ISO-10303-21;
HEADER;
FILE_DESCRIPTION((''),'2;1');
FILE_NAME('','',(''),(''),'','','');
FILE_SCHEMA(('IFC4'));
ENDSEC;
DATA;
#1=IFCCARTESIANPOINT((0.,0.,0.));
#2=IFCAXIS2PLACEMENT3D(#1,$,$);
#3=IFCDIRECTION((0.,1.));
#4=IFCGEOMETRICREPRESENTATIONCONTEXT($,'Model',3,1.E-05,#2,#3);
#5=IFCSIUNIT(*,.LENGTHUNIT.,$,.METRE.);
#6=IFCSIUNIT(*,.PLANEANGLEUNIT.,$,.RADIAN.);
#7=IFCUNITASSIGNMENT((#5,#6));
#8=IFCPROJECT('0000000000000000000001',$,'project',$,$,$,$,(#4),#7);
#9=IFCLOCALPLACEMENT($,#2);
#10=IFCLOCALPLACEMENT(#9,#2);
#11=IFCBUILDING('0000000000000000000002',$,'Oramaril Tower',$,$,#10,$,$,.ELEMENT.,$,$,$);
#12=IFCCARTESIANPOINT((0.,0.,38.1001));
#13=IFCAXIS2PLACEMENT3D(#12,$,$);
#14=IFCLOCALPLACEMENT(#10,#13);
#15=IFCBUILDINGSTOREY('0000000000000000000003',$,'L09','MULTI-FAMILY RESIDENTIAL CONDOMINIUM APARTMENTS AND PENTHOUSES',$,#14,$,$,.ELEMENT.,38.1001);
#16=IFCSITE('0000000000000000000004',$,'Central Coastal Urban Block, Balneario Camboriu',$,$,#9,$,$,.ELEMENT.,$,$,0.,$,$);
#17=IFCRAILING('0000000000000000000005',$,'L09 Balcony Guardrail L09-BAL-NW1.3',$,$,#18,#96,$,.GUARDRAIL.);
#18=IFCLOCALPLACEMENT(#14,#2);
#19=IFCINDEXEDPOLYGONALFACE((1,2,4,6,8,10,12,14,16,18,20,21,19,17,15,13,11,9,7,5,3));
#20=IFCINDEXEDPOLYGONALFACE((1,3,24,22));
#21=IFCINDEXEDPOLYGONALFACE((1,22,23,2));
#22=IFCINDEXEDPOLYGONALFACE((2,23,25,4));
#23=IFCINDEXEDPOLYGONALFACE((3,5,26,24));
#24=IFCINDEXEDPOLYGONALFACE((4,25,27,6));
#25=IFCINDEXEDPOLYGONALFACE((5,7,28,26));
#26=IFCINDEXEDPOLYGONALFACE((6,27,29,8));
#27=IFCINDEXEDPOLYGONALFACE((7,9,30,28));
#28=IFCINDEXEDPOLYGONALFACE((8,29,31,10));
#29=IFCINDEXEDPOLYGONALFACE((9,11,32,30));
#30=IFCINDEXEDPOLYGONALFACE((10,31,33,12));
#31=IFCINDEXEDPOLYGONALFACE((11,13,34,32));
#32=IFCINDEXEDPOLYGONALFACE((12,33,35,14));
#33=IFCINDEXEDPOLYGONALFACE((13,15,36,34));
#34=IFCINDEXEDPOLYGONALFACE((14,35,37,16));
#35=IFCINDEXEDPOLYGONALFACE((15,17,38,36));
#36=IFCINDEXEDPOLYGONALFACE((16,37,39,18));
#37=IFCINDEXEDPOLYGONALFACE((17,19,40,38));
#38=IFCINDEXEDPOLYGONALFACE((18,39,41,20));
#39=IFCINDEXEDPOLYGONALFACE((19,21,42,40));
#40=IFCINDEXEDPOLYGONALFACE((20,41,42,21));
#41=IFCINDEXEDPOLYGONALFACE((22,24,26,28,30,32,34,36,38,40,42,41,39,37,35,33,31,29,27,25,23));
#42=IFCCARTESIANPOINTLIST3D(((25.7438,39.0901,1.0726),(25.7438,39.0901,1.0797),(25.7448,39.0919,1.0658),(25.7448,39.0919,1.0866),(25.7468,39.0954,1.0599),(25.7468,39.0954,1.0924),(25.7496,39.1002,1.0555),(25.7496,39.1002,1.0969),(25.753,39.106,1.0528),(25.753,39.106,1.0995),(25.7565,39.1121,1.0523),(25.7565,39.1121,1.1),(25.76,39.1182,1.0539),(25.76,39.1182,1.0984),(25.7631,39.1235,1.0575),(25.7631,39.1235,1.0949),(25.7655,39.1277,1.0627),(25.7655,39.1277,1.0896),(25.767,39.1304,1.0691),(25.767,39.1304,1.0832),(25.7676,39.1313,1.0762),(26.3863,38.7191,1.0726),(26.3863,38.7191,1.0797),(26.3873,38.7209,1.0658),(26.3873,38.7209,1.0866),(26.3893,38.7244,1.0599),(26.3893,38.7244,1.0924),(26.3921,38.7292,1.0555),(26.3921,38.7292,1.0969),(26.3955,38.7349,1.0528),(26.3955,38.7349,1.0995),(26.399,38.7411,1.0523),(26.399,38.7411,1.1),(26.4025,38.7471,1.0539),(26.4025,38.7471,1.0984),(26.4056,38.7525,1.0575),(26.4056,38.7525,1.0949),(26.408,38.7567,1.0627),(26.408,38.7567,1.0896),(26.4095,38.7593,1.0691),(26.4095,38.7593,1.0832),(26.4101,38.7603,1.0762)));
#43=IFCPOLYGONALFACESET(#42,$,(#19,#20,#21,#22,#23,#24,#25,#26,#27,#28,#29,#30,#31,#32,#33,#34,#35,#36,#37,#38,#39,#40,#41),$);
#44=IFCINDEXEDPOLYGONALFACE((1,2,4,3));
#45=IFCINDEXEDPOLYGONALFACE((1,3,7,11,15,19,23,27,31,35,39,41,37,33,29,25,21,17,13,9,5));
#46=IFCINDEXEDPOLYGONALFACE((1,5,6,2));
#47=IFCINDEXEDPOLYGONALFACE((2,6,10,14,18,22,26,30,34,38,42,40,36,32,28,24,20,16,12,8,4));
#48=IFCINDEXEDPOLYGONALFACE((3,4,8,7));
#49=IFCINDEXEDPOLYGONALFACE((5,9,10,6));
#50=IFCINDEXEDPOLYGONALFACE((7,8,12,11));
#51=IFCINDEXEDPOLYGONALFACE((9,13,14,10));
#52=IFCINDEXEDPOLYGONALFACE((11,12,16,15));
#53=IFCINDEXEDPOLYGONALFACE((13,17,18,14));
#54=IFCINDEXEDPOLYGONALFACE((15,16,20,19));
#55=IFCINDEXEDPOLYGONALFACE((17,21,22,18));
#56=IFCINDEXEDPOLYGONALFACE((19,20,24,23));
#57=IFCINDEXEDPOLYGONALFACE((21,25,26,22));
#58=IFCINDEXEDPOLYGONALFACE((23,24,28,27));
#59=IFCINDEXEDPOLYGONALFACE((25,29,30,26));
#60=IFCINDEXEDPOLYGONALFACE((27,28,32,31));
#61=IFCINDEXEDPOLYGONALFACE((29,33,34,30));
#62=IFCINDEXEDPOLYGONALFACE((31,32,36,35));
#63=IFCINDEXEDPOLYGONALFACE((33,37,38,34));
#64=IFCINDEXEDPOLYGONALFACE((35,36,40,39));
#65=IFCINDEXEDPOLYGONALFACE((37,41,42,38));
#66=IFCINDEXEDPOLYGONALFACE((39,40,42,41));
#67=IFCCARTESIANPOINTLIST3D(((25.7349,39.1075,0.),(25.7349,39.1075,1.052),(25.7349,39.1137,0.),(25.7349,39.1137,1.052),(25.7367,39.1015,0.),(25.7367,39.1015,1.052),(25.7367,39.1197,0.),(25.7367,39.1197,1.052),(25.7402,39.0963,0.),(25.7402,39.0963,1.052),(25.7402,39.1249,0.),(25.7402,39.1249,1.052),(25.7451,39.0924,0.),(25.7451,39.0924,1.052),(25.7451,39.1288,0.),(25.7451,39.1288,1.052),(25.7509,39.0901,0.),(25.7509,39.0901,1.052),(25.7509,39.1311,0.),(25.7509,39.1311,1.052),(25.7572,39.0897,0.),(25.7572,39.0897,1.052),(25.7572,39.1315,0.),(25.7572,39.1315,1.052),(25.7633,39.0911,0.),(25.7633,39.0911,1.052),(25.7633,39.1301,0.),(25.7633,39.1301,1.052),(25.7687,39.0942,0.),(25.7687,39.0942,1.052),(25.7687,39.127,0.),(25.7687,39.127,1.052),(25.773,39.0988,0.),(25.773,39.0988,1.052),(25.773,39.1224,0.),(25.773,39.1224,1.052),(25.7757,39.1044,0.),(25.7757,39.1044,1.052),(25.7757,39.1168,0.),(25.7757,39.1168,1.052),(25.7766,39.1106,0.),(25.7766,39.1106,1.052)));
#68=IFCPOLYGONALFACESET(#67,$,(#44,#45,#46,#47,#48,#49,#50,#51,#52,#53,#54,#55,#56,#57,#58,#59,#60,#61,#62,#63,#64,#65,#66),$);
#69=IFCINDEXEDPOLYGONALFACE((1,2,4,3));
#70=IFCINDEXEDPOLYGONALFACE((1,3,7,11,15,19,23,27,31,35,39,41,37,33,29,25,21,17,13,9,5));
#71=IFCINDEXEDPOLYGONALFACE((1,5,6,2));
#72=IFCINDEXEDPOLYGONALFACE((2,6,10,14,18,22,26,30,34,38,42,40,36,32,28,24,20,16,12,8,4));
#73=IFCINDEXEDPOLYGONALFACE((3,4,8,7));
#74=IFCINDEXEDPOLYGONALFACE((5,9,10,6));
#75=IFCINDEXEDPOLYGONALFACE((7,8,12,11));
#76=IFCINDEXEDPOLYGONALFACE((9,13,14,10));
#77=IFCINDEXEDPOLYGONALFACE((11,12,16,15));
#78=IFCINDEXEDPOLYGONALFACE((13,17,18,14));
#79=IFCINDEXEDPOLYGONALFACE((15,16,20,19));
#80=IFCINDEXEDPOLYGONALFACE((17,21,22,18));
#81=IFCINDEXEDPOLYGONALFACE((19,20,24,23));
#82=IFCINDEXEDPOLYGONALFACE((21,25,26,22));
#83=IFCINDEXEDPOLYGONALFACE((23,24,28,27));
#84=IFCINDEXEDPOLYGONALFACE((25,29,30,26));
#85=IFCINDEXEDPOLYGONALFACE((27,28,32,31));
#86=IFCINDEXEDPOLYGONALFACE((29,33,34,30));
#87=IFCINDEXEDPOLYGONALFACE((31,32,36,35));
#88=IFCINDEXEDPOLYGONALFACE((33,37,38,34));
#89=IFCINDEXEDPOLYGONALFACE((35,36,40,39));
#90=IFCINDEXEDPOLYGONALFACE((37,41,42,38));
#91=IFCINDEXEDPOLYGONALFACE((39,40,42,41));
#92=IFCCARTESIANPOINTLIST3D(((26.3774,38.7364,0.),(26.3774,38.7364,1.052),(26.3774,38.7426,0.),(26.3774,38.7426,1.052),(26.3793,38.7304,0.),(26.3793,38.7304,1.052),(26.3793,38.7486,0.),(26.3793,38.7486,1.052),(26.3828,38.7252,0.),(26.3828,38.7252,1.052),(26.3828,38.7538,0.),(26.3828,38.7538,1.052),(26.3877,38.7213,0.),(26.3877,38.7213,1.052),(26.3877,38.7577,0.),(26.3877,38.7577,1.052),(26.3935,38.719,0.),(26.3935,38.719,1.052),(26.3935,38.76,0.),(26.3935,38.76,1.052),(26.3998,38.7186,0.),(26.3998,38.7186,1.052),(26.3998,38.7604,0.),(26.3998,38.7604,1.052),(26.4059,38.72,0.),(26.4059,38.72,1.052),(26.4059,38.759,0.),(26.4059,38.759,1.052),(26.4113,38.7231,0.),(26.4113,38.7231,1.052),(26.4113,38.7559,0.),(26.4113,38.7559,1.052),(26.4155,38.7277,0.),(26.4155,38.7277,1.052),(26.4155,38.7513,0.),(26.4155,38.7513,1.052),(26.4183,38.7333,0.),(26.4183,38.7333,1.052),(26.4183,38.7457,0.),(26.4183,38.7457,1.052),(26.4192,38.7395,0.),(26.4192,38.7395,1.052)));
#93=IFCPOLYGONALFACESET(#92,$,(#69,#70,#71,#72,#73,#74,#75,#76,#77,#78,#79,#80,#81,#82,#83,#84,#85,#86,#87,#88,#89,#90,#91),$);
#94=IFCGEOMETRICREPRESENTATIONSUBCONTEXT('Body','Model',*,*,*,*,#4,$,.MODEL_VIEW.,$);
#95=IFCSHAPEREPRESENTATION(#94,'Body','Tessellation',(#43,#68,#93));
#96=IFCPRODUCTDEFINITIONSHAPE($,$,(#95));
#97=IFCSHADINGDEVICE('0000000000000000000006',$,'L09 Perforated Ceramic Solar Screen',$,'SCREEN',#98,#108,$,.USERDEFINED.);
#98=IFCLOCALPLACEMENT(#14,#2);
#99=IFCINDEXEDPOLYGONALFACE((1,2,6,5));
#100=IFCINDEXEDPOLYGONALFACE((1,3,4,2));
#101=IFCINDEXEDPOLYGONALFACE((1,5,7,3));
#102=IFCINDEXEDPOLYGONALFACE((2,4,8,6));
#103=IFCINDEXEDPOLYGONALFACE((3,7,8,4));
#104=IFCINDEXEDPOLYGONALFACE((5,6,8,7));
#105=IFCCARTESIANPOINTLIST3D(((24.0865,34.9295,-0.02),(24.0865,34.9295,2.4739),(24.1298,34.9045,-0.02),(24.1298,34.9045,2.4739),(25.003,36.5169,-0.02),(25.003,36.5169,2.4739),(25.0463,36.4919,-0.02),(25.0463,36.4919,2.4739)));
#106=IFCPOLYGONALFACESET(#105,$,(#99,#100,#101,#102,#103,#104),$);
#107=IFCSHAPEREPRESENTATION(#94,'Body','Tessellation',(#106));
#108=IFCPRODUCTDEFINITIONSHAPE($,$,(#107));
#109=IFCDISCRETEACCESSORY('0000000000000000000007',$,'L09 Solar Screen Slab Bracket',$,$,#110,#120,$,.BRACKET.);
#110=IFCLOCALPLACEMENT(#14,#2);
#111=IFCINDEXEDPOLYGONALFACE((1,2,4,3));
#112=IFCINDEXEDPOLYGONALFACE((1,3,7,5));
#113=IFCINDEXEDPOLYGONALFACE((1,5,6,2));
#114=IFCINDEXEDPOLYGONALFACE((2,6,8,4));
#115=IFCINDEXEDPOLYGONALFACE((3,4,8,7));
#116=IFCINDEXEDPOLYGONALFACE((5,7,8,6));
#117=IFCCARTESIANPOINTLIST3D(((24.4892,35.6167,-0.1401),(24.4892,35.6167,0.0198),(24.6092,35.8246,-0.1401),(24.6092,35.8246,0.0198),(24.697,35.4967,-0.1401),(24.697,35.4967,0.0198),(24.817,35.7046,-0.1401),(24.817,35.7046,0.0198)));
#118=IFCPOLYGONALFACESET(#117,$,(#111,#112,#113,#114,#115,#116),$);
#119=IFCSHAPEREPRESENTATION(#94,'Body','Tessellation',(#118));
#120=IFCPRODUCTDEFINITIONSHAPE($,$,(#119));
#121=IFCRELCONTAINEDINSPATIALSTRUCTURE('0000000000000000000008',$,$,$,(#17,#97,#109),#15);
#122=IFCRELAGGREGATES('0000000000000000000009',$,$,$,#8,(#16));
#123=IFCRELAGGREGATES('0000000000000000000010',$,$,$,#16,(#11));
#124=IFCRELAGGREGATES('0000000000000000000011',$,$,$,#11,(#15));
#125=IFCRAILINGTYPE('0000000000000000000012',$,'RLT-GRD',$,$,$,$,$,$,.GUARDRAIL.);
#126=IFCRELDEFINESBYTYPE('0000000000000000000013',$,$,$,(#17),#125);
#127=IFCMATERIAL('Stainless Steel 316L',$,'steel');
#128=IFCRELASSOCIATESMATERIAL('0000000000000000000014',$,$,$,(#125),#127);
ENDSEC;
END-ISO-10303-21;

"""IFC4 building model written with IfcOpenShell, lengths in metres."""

from ifc_helpers import new_model, si_unit, direction, frame, origin, origin_2d, place, context, subcontext, project, spatial, rectangle, circle, extrude, material, type_object, element, save


model = new_model("IFC4")

# Units and contexts
model_context = context("Model", 3, precision=1e-05, world=origin(), true_north=direction((0.0, 1.0)))
body_context = subcontext(model_context, "Body", "Model", "MODEL_VIEW")
ifc_project = project(units=[si_unit("LENGTHUNIT", "METRE"), si_unit("PLANEANGLEUNIT", "RADIAN")], contexts=[model_context])

# Site, building, storey
site_placement = place(None, origin())
site = spatial("IfcSite", under=ifc_project, at=site_placement, Name="Central Coastal Urban Block, Balneario Camboriu", CompositionType="ELEMENT", RefElevation=0.0)
building_placement = place(site_placement, origin())
building = spatial("IfcBuilding", under=site, at=building_placement, Name="Oramaril Tower", CompositionType="ELEMENT")
storey_placement = place(building_placement, frame((0.0, 0.0, 38.1001)))
storey = spatial("IfcBuildingStorey", under=building, at=storey_placement, Name="L09", Description="MULTI-FAMILY RESIDENTIAL CONDOMINIUM APARTMENTS AND PENTHOUSES", CompositionType="ELEMENT", Elevation=38.1001)

# Railing
ifc_material_1 = material(Name="Stainless Steel 316L", Category="steel")
railing_type = type_object("IfcRailingType", Name="RLT-GRD", PredefinedType="GUARDRAIL", material=ifc_material_1)
railing_1_placement = place(storey_placement, frame((25.7556, 39.1106, 0.0)))
element("IfcRailing", 1, at=railing_1_placement, inside=storey, type_object=railing_type, Name="L09 Balcony Guardrail L09-BAL-NW1.3", PredefinedType="GUARDRAIL", context=body_context, shape_type="SweptSolid", body=[
    extrude(circle(Radius=0.0239, at=origin_2d()), frame((0.0, 0.0, 1.0762), z_axis=(0.865966, -0.500102, 0.0), x_axis=(0.500102, 0.865966, 0.0)), (0.0, 0.0, 1.0), 0.7419),
    extrude(circle(Radius=0.021, at=origin_2d()), origin(), (0.0, 0.0, 1.0), 1.052),
    extrude(circle(Radius=0.021, at=origin_2d()), frame((0.6426, -0.3711, 0.0)), (0.0, 0.0, 1.0), 1.052),
])

# Shading device
shading_device_placement = place(storey_placement, frame((24.5664, 35.7107, -0.02), z_axis=(0.0, 0.0, 1.0), x_axis=(-0.499998, -0.866026, 0.0)))
element("IfcShadingDevice", 2, at=shading_device_placement, inside=storey, Name="L09 Perforated Ceramic Solar Screen", ObjectType="SCREEN", PredefinedType="USERDEFINED", context=body_context, shape_type="SweptSolid", body=[
    extrude(rectangle(XDim=1.833, YDim=0.05, at=origin_2d()), origin(), (0.0, 0.0, 1.0), 2.4939),
])

# Discrete accessory
discrete_accessory_placement = place(storey_placement, frame((24.6531, 35.6606, -0.1401), z_axis=(0.0, 0.0, 1.0), x_axis=(-0.499998, -0.866026, 0.0)))
element("IfcDiscreteAccessory", 3, at=discrete_accessory_placement, inside=storey, Name="L09 Solar Screen Slab Bracket", PredefinedType="BRACKET", context=body_context, shape_type="SweptSolid", body=[
    extrude(rectangle(XDim=0.24, YDim=0.24, at=origin_2d()), origin(), (0.0, 0.0, 1.0), 0.1599),
])

save(model, "model.ifc")
